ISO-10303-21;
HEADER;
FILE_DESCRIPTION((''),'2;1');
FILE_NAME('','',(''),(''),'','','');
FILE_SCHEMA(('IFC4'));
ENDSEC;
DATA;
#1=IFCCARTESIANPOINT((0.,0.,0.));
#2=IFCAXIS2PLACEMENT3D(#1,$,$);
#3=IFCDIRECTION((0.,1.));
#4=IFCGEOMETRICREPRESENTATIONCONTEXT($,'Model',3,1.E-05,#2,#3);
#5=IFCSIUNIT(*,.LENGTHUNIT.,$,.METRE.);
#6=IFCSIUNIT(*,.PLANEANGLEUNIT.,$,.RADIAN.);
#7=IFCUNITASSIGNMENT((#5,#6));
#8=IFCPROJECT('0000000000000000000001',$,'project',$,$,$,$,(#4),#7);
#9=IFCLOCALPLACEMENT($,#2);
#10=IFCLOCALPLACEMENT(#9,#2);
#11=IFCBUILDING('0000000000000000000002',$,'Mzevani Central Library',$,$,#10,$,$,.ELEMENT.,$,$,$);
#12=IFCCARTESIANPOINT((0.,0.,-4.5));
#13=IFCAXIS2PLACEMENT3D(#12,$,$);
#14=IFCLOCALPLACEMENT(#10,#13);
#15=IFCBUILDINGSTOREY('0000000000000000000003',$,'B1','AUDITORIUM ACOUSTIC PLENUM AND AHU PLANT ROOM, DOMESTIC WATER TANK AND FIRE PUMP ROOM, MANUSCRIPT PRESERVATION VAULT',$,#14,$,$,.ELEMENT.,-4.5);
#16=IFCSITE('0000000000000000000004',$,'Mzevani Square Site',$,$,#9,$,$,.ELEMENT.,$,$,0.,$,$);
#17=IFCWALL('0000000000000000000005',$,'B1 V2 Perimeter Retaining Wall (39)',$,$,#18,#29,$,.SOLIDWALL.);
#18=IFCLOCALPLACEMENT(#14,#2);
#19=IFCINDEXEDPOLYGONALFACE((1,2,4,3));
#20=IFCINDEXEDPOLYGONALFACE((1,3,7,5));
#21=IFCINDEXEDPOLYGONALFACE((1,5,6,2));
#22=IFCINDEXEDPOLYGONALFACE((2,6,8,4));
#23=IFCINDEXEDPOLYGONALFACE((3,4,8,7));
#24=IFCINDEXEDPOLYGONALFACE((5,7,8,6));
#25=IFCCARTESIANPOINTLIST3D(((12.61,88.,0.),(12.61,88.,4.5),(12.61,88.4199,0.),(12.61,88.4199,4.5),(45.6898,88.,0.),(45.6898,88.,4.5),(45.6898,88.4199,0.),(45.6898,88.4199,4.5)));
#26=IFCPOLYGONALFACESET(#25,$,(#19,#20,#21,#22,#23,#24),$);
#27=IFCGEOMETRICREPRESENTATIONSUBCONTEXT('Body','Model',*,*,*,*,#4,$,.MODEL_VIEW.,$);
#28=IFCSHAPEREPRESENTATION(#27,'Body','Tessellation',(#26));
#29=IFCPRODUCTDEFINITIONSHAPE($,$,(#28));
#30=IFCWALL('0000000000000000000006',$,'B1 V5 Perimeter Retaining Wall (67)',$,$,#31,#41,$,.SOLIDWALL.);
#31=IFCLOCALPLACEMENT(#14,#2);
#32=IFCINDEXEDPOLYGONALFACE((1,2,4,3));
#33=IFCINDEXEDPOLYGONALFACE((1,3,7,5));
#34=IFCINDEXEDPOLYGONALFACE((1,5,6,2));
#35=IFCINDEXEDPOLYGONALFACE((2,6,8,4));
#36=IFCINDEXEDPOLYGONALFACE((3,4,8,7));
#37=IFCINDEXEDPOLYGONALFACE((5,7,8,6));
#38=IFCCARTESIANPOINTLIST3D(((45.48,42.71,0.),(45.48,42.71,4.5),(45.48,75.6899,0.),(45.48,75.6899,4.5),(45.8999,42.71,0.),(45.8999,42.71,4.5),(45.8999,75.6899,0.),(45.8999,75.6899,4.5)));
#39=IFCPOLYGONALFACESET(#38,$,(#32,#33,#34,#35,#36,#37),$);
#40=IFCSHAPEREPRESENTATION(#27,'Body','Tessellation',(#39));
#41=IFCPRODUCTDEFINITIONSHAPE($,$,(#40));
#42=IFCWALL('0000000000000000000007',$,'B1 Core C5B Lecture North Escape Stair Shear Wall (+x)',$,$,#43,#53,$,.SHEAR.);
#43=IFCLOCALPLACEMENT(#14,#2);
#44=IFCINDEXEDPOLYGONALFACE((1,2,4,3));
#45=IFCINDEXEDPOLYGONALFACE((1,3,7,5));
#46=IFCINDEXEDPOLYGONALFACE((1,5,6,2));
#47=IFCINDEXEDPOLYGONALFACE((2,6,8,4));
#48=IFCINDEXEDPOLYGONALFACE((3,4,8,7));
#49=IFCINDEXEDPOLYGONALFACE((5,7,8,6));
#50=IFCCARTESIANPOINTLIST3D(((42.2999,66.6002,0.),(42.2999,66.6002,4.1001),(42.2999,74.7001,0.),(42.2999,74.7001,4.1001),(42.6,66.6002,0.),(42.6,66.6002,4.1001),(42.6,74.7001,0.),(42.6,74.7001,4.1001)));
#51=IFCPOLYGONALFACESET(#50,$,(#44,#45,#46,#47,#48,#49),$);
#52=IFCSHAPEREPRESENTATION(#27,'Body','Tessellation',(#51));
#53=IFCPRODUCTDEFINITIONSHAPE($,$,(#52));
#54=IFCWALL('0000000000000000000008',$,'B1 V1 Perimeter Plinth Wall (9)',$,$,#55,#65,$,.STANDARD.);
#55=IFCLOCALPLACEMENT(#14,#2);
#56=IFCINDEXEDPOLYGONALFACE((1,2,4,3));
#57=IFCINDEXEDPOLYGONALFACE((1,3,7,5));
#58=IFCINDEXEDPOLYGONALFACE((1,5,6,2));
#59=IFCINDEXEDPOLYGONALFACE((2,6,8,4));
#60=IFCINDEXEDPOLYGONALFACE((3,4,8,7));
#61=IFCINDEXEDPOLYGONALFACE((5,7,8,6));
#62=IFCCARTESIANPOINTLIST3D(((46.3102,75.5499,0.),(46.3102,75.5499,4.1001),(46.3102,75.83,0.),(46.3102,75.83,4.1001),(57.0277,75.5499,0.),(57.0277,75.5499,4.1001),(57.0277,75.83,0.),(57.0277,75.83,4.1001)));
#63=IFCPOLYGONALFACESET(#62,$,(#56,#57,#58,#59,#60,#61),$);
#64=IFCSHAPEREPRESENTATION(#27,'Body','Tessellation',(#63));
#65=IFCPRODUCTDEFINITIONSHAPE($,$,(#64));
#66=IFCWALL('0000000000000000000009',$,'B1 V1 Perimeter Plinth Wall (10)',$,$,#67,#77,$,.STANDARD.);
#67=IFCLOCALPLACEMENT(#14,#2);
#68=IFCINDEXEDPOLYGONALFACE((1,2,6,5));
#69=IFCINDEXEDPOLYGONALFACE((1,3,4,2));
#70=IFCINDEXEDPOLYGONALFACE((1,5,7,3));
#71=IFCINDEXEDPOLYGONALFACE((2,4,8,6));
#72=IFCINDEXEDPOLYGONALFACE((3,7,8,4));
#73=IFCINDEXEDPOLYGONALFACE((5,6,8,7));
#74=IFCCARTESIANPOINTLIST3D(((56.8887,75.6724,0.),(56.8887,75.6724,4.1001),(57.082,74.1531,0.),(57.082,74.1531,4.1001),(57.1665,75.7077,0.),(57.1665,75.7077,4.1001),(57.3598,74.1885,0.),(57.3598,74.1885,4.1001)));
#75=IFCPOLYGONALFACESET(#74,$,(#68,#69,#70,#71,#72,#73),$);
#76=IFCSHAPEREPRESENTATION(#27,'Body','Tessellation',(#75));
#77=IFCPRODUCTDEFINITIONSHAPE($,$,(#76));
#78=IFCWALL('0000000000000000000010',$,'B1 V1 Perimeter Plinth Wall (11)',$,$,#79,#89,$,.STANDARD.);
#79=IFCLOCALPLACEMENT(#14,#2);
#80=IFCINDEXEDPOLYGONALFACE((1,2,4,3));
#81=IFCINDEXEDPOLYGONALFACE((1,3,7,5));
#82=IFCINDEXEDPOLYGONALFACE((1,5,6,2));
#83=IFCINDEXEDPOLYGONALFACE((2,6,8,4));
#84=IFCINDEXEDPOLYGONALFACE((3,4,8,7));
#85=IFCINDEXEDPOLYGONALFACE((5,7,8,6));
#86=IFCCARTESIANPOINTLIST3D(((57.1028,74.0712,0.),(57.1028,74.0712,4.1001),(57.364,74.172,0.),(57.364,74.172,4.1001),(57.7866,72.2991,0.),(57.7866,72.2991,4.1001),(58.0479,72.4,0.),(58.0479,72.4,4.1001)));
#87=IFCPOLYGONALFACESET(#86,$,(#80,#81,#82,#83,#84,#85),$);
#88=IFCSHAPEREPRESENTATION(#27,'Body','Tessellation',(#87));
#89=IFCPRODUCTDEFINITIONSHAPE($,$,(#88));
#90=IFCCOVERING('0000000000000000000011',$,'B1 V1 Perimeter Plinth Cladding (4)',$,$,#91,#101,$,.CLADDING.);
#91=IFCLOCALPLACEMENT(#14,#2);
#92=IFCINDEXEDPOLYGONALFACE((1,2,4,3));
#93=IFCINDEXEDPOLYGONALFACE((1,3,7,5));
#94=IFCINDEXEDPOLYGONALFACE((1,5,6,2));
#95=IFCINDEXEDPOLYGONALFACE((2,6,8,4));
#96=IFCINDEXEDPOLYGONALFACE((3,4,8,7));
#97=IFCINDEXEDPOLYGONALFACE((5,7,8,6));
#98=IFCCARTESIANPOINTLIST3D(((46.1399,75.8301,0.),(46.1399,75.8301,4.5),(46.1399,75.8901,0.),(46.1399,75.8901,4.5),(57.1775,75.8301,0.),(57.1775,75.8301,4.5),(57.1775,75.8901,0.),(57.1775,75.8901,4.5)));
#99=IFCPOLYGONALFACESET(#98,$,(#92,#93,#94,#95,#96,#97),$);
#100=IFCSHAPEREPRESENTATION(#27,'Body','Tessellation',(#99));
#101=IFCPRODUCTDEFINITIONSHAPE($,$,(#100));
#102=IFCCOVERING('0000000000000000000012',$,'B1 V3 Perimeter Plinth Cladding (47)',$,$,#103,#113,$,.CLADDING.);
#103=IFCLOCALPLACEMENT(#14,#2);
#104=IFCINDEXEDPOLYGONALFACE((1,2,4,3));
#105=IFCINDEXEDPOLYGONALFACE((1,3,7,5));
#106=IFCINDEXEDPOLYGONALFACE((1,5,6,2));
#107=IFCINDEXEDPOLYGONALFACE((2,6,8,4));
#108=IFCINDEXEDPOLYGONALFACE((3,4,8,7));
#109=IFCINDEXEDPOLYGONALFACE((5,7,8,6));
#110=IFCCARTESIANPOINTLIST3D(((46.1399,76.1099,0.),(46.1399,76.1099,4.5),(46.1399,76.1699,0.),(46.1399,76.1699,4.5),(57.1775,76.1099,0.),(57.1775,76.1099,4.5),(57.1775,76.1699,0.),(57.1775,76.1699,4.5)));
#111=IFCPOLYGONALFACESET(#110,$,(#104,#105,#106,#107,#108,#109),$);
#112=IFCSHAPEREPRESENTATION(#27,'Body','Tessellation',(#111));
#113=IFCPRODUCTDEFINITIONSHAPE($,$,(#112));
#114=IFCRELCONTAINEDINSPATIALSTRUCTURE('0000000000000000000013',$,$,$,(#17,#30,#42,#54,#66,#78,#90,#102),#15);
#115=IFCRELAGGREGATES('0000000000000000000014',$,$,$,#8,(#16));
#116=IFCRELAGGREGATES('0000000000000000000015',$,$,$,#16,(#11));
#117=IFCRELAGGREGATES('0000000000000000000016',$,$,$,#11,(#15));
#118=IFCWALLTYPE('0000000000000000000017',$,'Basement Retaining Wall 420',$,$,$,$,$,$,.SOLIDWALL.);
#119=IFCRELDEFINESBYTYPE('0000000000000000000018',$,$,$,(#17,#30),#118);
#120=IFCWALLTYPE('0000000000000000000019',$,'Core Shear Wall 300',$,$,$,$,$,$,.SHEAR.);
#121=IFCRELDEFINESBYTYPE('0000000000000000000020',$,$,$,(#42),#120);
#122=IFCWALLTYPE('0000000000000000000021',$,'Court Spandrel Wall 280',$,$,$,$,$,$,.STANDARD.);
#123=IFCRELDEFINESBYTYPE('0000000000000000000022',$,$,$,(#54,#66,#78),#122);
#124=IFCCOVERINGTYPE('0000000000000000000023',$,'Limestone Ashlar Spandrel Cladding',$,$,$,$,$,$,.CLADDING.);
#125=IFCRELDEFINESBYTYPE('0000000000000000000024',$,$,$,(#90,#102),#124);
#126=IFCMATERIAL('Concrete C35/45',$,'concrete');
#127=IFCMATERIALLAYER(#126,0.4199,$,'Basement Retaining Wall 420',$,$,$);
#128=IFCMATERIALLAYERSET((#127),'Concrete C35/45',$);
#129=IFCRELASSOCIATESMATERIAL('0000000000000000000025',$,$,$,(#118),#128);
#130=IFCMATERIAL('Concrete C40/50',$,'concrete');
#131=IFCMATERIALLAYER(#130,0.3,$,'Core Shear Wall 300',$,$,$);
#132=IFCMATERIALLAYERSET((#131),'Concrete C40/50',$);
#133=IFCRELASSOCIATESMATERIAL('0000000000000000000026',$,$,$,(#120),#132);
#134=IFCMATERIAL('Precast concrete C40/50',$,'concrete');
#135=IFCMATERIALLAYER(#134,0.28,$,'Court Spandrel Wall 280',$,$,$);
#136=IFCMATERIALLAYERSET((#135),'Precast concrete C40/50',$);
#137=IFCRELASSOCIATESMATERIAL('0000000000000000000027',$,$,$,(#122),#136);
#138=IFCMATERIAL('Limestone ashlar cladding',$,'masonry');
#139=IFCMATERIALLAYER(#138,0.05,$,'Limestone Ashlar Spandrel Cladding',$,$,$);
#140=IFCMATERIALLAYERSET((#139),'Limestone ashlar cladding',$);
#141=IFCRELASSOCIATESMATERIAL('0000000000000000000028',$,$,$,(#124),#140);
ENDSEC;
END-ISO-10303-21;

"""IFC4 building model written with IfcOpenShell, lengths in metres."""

from ifc_helpers import new_model, si_unit, direction, frame, frame_2d, origin, origin_2d, place, context, subcontext, project, spatial, rectangle, extrude, material, layer, layer_set, type_object, element, save


model = new_model("IFC4")

# Units and contexts
model_context = context("Model", 3, precision=1e-05, world=origin(), true_north=direction((0.0, 1.0)))
body_context = subcontext(model_context, "Body", "Model", "MODEL_VIEW")
ifc_project = project(units=[si_unit("LENGTHUNIT", "METRE"), si_unit("PLANEANGLEUNIT", "RADIAN")], contexts=[model_context])

# Site, building, storey
site_placement = place(None, origin())
site = spatial("IfcSite", under=ifc_project, at=site_placement, Name="Mzevani Square Site", CompositionType="ELEMENT", RefElevation=0.0)
building_placement = place(site_placement, origin())
building = spatial("IfcBuilding", under=site, at=building_placement, Name="Mzevani Central Library", CompositionType="ELEMENT")
storey_placement = place(building_placement, frame((0.0, 0.0, -4.5)))
storey = spatial("IfcBuildingStorey", under=building, at=storey_placement, Name="B1", Description="AUDITORIUM ACOUSTIC PLENUM AND AHU PLANT ROOM, DOMESTIC WATER TANK AND FIRE PUMP ROOM, MANUSCRIPT PRESERVATION VAULT", CompositionType="ELEMENT", Elevation=-4.5)

# Shared definitions
ifc_material_1 = material(Name="Concrete C40/50", Category="concrete")

# Walls
ifc_material_2 = material(Name="Concrete C35/45", Category="concrete")
ifc_layer_1 = layer(ifc_material_2, 0.4199, Name="Basement Retaining Wall 420")
ifc_layer_set_1 = layer_set([ifc_layer_1], Name="Concrete C35/45")
wall_type_1 = type_object("IfcWallType", Name="Basement Retaining Wall 420", PredefinedType="SOLIDWALL", material=ifc_layer_set_1)
wall_1_placement = place(storey_placement, frame((45.6899, 88.21, 0.0), z_axis=(0.0, 0.0, 1.0), x_axis=(-1.0, 0.0, 0.0)))
element("IfcWall", 1, at=wall_1_placement, inside=storey, type_object=wall_type_1, Name="B1 V2 Perimeter Retaining Wall (39)", PredefinedType="SOLIDWALL", context=body_context, shape_type="SweptSolid", body=[
    extrude(rectangle(XDim=33.0798, YDim=0.4199, at=frame_2d((16.54, 0.0))), origin(), (0.0, 0.0, 1.0), 4.5),
])
wall_2_placement = place(storey_placement, frame((45.6899, 75.6899, 0.0), z_axis=(0.0, 0.0, 1.0), x_axis=(0.0, -1.0, 0.0)))
element("IfcWall", 2, at=wall_2_placement, inside=storey, type_object=wall_type_1, Name="B1 V5 Perimeter Retaining Wall (67)", PredefinedType="SOLIDWALL", context=body_context, shape_type="SweptSolid", body=[
    extrude(rectangle(XDim=32.98, YDim=0.4199, at=frame_2d((16.49, 0.0))), origin(), (0.0, 0.0, 1.0), 4.5),
])
ifc_layer_2 = layer(ifc_material_1, 0.3, Name="Core Shear Wall 300")
ifc_layer_set_2 = layer_set([ifc_layer_2], Name="Concrete C40/50")
wall_type_2 = type_object("IfcWallType", Name="Core Shear Wall 300", PredefinedType="SHEAR", material=ifc_layer_set_2)
wall_3_placement = place(storey_placement, frame((42.45, 74.7, 0.0), z_axis=(0.0, 0.0, 1.0), x_axis=(0.0, -1.0, 0.0)))
element("IfcWall", 3, at=wall_3_placement, inside=storey, type_object=wall_type_2, Name="B1 Core C5B Lecture North Escape Stair Shear Wall (+x)", PredefinedType="SHEAR", context=body_context, shape_type="SweptSolid", body=[
    extrude(rectangle(XDim=8.0999, YDim=0.3, at=frame_2d((4.0498, 0.0))), origin(), (0.0, 0.0, 1.0), 4.1001),
])
ifc_material_3 = material(Name="Precast concrete C40/50", Category="concrete")
ifc_layer_3 = layer(ifc_material_3, 0.28, Name="Court Spandrel Wall 280")
ifc_layer_set_3 = layer_set([ifc_layer_3], Name="Precast concrete C40/50")
wall_type_3 = type_object("IfcWallType", Name="Court Spandrel Wall 280", PredefinedType="STANDARD", material=ifc_layer_set_3)
wall_4_placement = place(storey_placement, frame((46.3101, 75.6899, 0.0), z_axis=(0.0, 0.0, 1.0), x_axis=(1.0, 0.0, 0.0)))
element("IfcWall", 4, at=wall_4_placement, inside=storey, type_object=wall_type_3, Name="B1 V1 Perimeter Plinth Wall (9)", PredefinedType="STANDARD", context=body_context, shape_type="SweptSolid", body=[
    extrude(rectangle(XDim=10.7175, YDim=0.28, at=frame_2d((5.3589, 0.0))), origin(), (0.0, 0.0, 1.0), 4.1001),
])
wall_5_placement = place(storey_placement, frame((57.0276, 75.6899, 0.0), z_axis=(0.0, 0.0, 1.0), x_axis=(0.126251, -0.991998, 0.0)))
element("IfcWall", 5, at=wall_5_placement, inside=storey, type_object=wall_type_3, Name="B1 V1 Perimeter Plinth Wall (10)", PredefinedType="STANDARD", context=body_context, shape_type="SweptSolid", body=[
    extrude(rectangle(XDim=1.5315, YDim=0.28, at=frame_2d((0.7656, 0.0))), origin(), (0.0, 0.0, 1.0), 4.1001),
])
wall_6_placement = place(storey_placement, frame((57.2334, 74.1216, 0.0), z_axis=(0.0, 0.0, 1.0), x_axis=(0.360038, -0.932938, 0.0)))
element("IfcWall", 6, at=wall_6_placement, inside=storey, type_object=wall_type_3, Name="B1 V1 Perimeter Plinth Wall (11)", PredefinedType="STANDARD", context=body_context, shape_type="SweptSolid", body=[
    extrude(rectangle(XDim=1.8994, YDim=0.28, at=frame_2d((0.9497, 0.0))), origin(), (0.0, 0.0, 1.0), 4.1001),
])

# Coverings
ifc_material_4 = material(Name="Limestone ashlar cladding", Category="masonry")
ifc_layer_4 = layer(ifc_material_4, 0.05, Name="Limestone Ashlar Spandrel Cladding")
ifc_layer_set_4 = layer_set([ifc_layer_4], Name="Limestone ashlar cladding")
covering_type = type_object("IfcCoveringType", Name="Limestone Ashlar Spandrel Cladding", PredefinedType="CLADDING", material=ifc_layer_set_4)
for number, where, z_axis, x_axis, name in (
    (7, (51.6587, 75.8601, 0.0), (0.0, 0.0, 1.0), (1.0, 0.0, 0.0), "B1 V1 Perimeter Plinth Cladding (4)"),
    (8, (51.6587, 76.1399, 0.0), (0.0, 0.0, 1.0), (-1.0, 0.0, 0.0), "B1 V3 Perimeter Plinth Cladding (47)"),
):
    element("IfcCovering", number, at=place(storey_placement, frame(where, z_axis=z_axis, x_axis=x_axis)), inside=storey, type_object=covering_type, Name=name, PredefinedType="CLADDING", context=body_context, shape_type="SweptSolid", body=[
        extrude(rectangle(XDim=11.0376, YDim=0.0601, at=origin_2d()), origin(), (0.0, 0.0, 1.0), 4.5),
    ])

save(model, "model.ifc")
